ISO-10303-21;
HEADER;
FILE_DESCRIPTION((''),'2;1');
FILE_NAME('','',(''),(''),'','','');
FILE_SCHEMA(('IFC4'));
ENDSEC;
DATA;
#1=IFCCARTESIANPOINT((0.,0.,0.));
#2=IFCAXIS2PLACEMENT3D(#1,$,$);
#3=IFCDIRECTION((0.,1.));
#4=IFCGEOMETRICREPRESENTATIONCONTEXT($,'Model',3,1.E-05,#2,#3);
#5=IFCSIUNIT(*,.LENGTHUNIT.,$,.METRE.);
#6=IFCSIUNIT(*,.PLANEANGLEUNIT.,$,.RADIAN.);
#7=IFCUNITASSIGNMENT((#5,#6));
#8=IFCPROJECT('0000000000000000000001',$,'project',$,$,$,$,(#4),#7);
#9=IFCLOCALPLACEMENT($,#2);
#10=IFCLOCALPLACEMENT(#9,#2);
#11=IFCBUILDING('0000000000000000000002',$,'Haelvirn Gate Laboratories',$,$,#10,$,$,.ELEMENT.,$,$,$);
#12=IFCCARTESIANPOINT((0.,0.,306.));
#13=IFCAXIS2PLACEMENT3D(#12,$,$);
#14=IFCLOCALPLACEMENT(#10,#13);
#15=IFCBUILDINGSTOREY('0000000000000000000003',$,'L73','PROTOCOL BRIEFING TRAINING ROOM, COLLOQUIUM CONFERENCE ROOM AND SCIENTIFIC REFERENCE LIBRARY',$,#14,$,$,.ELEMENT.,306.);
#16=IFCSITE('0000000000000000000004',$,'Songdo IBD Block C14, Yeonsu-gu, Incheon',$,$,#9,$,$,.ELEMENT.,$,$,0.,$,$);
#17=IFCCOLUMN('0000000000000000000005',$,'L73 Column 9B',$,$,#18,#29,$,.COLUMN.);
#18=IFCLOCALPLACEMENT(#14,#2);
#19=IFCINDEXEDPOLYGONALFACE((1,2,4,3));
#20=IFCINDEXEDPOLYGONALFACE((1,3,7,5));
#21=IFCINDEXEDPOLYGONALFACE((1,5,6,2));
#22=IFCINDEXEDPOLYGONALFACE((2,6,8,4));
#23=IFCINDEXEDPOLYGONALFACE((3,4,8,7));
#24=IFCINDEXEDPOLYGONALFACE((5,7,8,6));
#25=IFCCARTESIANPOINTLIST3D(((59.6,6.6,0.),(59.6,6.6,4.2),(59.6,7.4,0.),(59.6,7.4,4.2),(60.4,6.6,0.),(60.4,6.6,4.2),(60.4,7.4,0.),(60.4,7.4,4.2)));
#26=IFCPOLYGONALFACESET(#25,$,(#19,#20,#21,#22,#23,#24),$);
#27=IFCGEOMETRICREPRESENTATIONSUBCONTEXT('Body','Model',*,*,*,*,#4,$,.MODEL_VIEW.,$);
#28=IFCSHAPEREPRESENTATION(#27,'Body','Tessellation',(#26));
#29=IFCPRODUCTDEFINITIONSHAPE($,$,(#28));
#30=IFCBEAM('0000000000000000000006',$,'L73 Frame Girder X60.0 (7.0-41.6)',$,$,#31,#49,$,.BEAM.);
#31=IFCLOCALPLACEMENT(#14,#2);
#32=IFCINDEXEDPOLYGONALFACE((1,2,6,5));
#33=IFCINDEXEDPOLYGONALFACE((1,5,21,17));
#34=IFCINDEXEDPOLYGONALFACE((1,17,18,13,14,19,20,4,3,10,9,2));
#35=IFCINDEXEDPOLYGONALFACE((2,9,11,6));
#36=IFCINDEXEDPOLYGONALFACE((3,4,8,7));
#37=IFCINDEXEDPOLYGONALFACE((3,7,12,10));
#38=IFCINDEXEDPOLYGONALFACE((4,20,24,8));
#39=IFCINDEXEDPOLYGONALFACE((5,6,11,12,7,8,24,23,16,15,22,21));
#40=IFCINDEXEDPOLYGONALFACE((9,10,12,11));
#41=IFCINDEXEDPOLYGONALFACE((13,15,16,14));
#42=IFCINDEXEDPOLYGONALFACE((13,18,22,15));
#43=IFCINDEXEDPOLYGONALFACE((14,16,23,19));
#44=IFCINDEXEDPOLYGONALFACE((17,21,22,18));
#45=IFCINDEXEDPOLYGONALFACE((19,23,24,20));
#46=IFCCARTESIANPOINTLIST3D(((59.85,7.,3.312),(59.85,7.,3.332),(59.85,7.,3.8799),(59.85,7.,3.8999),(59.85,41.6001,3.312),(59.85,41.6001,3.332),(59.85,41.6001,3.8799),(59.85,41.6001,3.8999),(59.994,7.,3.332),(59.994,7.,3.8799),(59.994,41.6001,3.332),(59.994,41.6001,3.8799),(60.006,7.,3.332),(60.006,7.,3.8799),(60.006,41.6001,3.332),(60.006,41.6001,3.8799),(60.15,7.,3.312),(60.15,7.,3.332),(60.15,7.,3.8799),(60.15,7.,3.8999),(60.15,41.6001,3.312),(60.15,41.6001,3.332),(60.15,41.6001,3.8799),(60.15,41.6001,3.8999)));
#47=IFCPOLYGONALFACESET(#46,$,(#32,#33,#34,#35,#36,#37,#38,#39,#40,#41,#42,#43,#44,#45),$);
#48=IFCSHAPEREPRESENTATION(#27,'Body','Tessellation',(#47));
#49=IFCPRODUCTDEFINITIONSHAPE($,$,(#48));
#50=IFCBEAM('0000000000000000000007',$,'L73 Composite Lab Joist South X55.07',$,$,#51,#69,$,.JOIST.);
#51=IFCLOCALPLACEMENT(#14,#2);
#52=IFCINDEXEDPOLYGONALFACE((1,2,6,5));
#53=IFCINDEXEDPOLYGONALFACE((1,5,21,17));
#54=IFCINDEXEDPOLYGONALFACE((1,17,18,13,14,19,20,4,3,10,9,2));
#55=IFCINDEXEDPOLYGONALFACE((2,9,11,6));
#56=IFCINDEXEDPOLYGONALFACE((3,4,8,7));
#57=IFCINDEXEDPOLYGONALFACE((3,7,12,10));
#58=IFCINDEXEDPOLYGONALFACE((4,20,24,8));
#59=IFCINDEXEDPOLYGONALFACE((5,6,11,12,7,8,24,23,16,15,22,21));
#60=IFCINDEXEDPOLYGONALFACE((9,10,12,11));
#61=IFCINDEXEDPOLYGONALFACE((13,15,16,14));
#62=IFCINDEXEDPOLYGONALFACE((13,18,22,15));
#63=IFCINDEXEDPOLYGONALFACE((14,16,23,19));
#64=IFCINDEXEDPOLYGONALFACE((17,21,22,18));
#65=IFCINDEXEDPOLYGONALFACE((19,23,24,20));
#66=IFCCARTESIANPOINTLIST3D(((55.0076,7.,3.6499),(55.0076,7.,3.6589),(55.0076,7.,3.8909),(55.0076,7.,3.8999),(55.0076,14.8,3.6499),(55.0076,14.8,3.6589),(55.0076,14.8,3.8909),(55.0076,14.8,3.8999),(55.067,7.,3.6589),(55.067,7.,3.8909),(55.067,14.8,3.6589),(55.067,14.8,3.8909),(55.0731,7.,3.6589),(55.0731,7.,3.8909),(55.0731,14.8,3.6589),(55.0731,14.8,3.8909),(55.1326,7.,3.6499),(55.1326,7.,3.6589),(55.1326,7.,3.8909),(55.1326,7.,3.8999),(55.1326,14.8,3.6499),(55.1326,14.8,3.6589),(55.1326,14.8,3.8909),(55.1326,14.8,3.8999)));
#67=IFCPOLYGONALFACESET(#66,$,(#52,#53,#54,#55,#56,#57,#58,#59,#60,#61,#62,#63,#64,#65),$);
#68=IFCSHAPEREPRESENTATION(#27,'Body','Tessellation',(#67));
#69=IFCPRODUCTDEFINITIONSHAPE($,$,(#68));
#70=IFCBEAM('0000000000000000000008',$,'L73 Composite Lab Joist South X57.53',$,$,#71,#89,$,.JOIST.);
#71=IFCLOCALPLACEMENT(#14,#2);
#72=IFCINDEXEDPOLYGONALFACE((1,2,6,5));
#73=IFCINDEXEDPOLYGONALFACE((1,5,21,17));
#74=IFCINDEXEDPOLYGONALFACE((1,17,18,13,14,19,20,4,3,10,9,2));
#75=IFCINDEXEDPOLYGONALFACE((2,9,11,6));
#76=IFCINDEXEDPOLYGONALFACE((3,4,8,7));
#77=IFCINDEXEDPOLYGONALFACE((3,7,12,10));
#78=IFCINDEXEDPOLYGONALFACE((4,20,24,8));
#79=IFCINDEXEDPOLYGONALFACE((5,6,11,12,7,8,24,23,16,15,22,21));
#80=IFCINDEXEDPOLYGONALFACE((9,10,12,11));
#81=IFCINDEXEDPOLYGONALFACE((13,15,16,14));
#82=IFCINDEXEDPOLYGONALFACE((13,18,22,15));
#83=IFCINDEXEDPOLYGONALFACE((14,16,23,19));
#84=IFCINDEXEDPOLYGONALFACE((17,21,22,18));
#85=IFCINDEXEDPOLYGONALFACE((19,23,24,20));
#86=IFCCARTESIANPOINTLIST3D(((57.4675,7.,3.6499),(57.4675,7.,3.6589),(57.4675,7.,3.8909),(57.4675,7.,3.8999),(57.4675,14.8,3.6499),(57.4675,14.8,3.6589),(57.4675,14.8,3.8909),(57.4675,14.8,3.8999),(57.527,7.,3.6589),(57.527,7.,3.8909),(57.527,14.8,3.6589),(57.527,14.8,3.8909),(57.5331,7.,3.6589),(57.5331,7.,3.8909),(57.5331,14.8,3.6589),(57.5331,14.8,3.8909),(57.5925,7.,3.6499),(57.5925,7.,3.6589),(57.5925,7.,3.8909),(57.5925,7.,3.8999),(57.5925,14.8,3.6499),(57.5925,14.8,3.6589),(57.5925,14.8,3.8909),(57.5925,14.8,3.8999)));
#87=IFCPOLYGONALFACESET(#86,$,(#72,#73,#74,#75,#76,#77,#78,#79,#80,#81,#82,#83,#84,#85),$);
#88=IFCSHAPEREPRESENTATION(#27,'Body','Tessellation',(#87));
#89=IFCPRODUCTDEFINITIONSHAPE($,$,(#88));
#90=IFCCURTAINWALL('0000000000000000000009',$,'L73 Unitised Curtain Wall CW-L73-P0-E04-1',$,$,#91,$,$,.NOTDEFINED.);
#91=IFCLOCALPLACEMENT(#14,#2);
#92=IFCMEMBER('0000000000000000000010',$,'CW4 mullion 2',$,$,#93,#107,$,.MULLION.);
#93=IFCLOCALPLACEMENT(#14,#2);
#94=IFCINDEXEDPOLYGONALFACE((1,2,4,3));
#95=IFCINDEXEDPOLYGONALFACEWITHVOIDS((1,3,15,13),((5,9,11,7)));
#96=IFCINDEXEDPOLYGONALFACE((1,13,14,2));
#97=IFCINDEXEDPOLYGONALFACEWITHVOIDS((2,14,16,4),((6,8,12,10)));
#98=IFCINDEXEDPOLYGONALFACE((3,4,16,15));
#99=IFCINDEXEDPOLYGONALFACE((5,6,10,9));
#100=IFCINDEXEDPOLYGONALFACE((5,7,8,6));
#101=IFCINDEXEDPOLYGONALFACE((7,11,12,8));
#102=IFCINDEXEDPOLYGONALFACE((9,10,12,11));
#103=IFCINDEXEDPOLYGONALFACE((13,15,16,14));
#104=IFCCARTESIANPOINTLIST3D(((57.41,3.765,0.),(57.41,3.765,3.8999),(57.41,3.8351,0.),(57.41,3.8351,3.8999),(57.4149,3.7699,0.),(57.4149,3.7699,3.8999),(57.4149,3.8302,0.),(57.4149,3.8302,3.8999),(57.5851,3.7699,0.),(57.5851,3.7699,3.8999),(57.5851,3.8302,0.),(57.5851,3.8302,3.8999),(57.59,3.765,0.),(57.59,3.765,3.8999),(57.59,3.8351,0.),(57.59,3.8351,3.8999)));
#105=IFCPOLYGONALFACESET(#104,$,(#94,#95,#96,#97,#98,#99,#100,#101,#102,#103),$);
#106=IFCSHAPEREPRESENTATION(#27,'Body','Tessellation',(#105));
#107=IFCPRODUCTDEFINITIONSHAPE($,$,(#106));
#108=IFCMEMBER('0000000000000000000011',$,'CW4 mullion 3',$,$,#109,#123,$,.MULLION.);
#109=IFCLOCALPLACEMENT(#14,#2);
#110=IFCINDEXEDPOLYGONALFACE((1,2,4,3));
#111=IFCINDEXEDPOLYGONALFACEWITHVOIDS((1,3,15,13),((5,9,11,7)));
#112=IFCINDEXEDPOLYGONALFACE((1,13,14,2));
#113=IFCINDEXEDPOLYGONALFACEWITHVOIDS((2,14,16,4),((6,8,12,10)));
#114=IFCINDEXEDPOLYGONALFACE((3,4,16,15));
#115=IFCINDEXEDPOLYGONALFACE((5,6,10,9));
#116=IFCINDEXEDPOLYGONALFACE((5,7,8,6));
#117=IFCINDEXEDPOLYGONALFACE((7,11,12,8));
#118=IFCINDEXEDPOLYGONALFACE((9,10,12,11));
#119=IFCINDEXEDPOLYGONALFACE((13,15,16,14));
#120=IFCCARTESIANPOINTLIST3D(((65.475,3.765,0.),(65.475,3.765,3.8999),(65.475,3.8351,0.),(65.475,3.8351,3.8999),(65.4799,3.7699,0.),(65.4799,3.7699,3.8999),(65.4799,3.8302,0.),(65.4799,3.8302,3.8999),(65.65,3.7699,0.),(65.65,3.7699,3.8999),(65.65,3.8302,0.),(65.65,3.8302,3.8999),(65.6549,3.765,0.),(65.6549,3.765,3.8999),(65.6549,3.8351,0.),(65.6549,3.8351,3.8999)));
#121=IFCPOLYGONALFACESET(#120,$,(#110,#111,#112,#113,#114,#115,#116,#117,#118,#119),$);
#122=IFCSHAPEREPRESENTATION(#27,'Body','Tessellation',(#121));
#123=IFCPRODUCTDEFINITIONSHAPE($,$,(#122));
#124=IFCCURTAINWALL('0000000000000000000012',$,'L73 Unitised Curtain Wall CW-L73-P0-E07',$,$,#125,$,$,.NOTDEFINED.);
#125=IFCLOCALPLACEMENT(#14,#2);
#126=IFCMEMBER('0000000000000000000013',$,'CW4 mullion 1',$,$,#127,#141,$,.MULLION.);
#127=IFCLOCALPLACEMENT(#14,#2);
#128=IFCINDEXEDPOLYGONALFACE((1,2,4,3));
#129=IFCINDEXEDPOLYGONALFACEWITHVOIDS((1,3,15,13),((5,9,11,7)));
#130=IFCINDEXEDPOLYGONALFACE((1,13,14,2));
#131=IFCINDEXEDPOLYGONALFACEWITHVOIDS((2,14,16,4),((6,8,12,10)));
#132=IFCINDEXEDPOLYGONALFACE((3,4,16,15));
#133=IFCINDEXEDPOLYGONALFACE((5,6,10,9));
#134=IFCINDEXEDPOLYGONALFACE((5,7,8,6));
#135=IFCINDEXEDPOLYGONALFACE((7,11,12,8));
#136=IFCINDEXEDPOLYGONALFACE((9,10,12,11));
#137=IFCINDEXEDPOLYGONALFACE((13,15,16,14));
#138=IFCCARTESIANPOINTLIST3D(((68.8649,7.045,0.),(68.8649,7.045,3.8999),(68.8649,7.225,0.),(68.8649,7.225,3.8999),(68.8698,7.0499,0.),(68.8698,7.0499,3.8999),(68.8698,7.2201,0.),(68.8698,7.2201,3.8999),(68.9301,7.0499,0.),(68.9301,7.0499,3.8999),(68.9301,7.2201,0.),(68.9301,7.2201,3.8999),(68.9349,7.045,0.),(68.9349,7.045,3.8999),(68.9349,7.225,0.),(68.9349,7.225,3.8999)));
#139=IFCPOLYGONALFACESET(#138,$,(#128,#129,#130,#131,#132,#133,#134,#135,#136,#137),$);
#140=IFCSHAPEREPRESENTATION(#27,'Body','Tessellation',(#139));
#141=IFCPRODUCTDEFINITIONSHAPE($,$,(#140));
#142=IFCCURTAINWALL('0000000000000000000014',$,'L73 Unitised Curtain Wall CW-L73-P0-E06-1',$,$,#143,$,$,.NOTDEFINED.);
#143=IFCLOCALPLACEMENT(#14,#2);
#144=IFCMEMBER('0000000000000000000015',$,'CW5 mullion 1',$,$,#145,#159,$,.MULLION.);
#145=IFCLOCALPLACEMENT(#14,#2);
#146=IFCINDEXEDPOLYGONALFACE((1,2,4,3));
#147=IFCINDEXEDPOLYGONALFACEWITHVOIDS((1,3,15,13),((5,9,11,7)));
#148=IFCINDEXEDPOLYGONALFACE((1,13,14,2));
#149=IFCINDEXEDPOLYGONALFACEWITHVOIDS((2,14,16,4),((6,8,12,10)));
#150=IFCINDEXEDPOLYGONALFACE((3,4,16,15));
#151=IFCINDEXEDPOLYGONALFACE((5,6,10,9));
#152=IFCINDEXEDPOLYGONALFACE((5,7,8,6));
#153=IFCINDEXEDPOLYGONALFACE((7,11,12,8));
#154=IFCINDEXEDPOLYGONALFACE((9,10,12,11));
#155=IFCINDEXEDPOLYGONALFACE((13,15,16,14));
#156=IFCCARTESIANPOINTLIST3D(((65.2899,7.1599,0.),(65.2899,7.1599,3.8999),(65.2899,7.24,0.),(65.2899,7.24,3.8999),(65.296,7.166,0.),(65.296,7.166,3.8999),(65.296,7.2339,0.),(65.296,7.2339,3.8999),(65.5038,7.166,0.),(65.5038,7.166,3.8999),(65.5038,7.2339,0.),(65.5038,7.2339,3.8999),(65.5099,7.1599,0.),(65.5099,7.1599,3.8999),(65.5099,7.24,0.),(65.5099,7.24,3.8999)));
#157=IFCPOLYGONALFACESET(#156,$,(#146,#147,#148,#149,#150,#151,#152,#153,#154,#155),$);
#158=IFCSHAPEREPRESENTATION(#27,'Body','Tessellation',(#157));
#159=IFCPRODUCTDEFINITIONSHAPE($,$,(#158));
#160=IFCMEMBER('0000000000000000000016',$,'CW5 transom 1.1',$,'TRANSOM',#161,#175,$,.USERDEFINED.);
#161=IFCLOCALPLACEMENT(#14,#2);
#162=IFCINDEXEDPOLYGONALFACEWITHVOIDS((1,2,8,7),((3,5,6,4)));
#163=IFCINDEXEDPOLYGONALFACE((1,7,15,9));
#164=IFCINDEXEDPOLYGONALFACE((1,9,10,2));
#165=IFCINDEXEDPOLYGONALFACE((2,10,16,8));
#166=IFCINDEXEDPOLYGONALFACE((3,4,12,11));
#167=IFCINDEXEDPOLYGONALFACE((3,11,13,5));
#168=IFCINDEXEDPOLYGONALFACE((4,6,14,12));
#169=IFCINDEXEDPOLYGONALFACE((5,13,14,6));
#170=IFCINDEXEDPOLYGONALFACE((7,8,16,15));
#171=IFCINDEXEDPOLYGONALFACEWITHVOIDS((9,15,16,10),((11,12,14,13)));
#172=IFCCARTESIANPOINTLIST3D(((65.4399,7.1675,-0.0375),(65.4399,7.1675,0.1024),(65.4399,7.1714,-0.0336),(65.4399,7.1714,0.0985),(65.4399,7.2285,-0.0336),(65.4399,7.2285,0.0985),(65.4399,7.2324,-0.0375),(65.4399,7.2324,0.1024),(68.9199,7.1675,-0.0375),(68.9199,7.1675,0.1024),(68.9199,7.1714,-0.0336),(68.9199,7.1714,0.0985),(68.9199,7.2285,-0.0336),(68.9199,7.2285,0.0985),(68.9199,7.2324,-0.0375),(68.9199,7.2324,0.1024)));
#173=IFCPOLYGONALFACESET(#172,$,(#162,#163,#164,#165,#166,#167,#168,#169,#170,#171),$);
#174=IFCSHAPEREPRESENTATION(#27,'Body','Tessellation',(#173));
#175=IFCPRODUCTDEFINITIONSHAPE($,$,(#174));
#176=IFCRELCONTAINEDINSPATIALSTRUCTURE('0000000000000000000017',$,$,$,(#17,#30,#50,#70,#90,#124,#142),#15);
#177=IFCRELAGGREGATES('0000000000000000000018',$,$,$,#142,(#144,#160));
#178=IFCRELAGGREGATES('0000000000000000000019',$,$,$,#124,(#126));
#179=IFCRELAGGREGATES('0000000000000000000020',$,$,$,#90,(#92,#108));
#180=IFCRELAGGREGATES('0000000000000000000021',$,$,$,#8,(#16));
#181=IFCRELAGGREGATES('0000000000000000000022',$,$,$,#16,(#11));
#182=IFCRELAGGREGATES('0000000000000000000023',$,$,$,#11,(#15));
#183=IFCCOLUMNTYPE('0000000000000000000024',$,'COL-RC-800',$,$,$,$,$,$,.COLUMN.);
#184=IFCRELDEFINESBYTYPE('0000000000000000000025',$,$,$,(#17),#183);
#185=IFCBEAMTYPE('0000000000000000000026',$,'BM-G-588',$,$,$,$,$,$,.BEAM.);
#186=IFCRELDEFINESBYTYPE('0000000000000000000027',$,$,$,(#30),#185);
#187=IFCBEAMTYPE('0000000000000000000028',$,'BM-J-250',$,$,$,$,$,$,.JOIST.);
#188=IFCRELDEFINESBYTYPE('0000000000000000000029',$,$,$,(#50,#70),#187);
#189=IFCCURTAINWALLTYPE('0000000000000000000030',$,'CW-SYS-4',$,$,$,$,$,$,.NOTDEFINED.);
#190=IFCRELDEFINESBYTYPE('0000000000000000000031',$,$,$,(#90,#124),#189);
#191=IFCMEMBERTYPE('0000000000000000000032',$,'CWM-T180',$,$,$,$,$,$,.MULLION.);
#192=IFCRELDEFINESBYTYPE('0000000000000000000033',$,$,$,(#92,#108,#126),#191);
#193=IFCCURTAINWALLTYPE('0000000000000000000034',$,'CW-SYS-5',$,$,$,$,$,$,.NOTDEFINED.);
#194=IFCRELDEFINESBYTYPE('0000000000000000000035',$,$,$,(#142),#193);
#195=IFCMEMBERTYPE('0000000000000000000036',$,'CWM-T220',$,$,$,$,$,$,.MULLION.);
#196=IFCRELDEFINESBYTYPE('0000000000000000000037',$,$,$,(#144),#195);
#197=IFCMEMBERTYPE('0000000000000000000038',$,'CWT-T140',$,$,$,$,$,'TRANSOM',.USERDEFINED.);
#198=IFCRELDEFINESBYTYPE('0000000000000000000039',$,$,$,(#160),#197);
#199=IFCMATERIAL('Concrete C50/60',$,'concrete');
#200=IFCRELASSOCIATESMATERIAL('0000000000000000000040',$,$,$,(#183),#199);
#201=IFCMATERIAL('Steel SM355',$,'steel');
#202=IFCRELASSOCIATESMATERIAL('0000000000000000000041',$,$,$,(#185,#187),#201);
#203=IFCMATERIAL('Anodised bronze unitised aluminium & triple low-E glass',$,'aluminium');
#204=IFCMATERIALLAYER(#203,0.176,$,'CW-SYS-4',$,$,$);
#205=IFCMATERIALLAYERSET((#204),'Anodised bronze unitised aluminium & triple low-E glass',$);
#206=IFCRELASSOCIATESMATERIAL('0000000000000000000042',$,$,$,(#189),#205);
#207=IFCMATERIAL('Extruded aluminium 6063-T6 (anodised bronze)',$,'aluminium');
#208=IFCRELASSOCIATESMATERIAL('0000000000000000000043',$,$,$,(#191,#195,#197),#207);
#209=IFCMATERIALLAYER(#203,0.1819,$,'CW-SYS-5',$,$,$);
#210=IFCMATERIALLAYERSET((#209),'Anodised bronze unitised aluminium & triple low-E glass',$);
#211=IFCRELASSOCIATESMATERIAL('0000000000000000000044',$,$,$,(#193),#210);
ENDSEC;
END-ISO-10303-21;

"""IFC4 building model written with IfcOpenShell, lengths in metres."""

from ifc_helpers import new_model, si_unit, direction, frame, origin, origin_2d, place, context, subcontext, project, spatial, rectangle, hollow_rectangle, i_section, extrude, source, transform, mapped, material, layer, layer_set, material_profile, profile_set, type_object, type_shapes, element, aggregate, save


model = new_model("IFC4")

# Units and contexts
model_context = context("Model", 3, precision=1e-05, world=origin(), true_north=direction((0.0, 1.0)))
body_context = subcontext(model_context, "Body", "Model", "MODEL_VIEW")
ifc_project = project(units=[si_unit("LENGTHUNIT", "METRE"), si_unit("PLANEANGLEUNIT", "RADIAN")], contexts=[model_context])

# Site, building, storey
site_placement = place(None, origin())
site = spatial("IfcSite", under=ifc_project, at=site_placement, Name="Songdo IBD Block C14, Yeonsu-gu, Incheon", CompositionType="ELEMENT", RefElevation=0.0)
building_placement = place(site_placement, origin())
building = spatial("IfcBuilding", under=site, at=building_placement, Name="Haelvirn Gate Laboratories", CompositionType="ELEMENT")
storey_placement = place(building_placement, frame((0.0, 0.0, 306.0)))
storey = spatial("IfcBuildingStorey", under=building, at=storey_placement, Name="L73", Description="PROTOCOL BRIEFING TRAINING ROOM, COLLOQUIUM CONFERENCE ROOM AND SCIENTIFIC REFERENCE LIBRARY", CompositionType="ELEMENT", Elevation=306.0)

# Column
ifc_material_1 = material(Name="Concrete C50/60", Category="concrete")
ifc_material_profile_1 = material_profile(ifc_material_1, rectangle(XDim=0.8, YDim=0.8, at=origin_2d()), Name="RC-800x800")
ifc_profile_set_1 = profile_set([ifc_material_profile_1], Name="Concrete C50/60")
column_type = type_object("IfcColumnType", Name="COL-RC-800", PredefinedType="COLUMN", material=ifc_profile_set_1)
shared_shape_1 = source(origin(), body_context, "Body", "SweptSolid", [
    extrude(rectangle(XDim=0.8, YDim=0.8, at=origin_2d()), origin(), (0.0, 0.0, 1.0), 4.2),
])
type_shapes(column_type, [shared_shape_1])
column_placement = place(storey_placement, frame((60.0, 7.0, 0.0), z_axis=(0.0, 0.0, 1.0), x_axis=(1.0, 0.0, 0.0)))
element("IfcColumn", 1, at=column_placement, inside=storey, type_object=column_type, Name="L73 Column 9B", PredefinedType="COLUMN", context=body_context, shape_type="MappedRepresentation", body=[
    mapped(shared_shape_1, transform((0.0, 0.0, 0.0), scale=1.0)),
])

# Beams
ifc_material_2 = material(Name="Steel SM355", Category="steel")
ifc_material_profile_2 = material_profile(ifc_material_2, i_section(OverallWidth=0.3, OverallDepth=0.5879, WebThickness=0.012, FlangeThickness=0.02, at=origin_2d()), Name="H-588x300x12x20")
ifc_profile_set_2 = profile_set([ifc_material_profile_2], Name="Steel SM355")
beam_type_1 = type_object("IfcBeamType", Name="BM-G-588", PredefinedType="BEAM", material=ifc_profile_set_2)
shared_shape_2 = source(origin(), body_context, "Body", "SweptSolid", [
    extrude(i_section(OverallWidth=0.3, OverallDepth=0.5879, WebThickness=0.012, FlangeThickness=0.02, at=origin_2d()), origin(), (0.0, 0.0, 1.0), 34.6001),
])
type_shapes(beam_type_1, [shared_shape_2])
beam_placement = place(storey_placement, frame((60.0, 7.0, 3.606), z_axis=(0.0, 1.0, 0.0), x_axis=(-1.0, 0.0, 0.0)))
element("IfcBeam", 2, at=beam_placement, inside=storey, type_object=beam_type_1, Name="L73 Frame Girder X60.0 (7.0-41.6)", PredefinedType="BEAM", context=body_context, shape_type="MappedRepresentation", body=[
    mapped(shared_shape_2, transform((0.0, 0.0, 0.0), scale=1.0)),
])
ifc_material_profile_3 = material_profile(ifc_material_2, i_section(OverallWidth=0.125, OverallDepth=0.25, WebThickness=0.0061, FlangeThickness=0.009, at=origin_2d()), Name="H-250x125x6x9")
ifc_profile_set_3 = profile_set([ifc_material_profile_3], Name="Steel SM355")
beam_type_2 = type_object("IfcBeamType", Name="BM-J-250", PredefinedType="JOIST", material=ifc_profile_set_3)
shared_shape_3 = source(origin(), body_context, "Body", "SweptSolid", [
    extrude(i_section(OverallWidth=0.125, OverallDepth=0.25, WebThickness=0.0061, FlangeThickness=0.009, at=origin_2d()), origin(), (0.0, 0.0, 1.0), 7.8),
])
type_shapes(beam_type_2, [shared_shape_3])
for number, where, z_axis, x_axis, name in (
    (3, (55.0701, 7.0, 3.7749), (0.0, 1.0, 0.0), (-1.0, 0.0, 0.0), "L73 Composite Lab Joist South X55.07"),
    (4, (57.53, 7.0, 3.7749), (0.0, 1.0, 0.0), (-1.0, 0.0, 0.0), "L73 Composite Lab Joist South X57.53"),
):
    element("IfcBeam", number, at=place(storey_placement, frame(where, z_axis=z_axis, x_axis=x_axis)), inside=storey, type_object=beam_type_2, Name=name, PredefinedType="JOIST", context=body_context, shape_type="MappedRepresentation", body=[
        mapped(shared_shape_3, transform((0.0, 0.0, 0.0), scale=1.0)),
    ])

# Curtain wall, members
ifc_material_3 = material(Name="Anodised bronze unitised aluminium & triple low-E glass", Category="aluminium")
ifc_layer_1 = layer(ifc_material_3, 0.176, Name="CW-SYS-4")
ifc_layer_set_1 = layer_set([ifc_layer_1], Name="Anodised bronze unitised aluminium & triple low-E glass")
curtain_wall_type_1 = type_object("IfcCurtainWallType", Name="CW-SYS-4", PredefinedType="NOTDEFINED", material=ifc_layer_set_1)
curtain_wall_1_placement = place(storey_placement, origin())
curtain_wall_1 = element("IfcCurtainWall", 5, at=curtain_wall_1_placement, inside=storey, type_object=curtain_wall_type_1, Name="L73 Unitised Curtain Wall CW-L73-P0-E04-1", PredefinedType="NOTDEFINED")
ifc_material_4 = material(Name="Extruded aluminium 6063-T6 (anodised bronze)", Category="aluminium")
ifc_material_profile_4 = material_profile(ifc_material_4, hollow_rectangle(XDim=0.0701, YDim=0.1799, WallThickness=0.0049, at=origin_2d()), Name="CWM-180x70x5")
ifc_profile_set_4 = profile_set([ifc_material_profile_4], Name="Extruded aluminium 6063-T6 (anodised bronze)")
member_type_1 = type_object("IfcMemberType", Name="CWM-T180", PredefinedType="MULLION", material=ifc_profile_set_4)
shared_shape_4 = source(origin(), body_context, "Body", "SweptSolid", [
    extrude(hollow_rectangle(XDim=0.0701, YDim=0.1799, WallThickness=0.0049, at=origin_2d()), origin(), (0.0, 0.0, 1.0), 3.8999),
])
type_shapes(member_type_1, [shared_shape_4])
member_1_placement = place(storey_placement, frame((57.5, 3.8, 0.0), z_axis=(0.0, 0.0, 1.0), x_axis=(0.0, 1.0, 0.0)))
member_1 = element("IfcMember", 6, at=member_1_placement, type_object=member_type_1, Name="CW4 mullion 2", PredefinedType="MULLION", context=body_context, shape_type="MappedRepresentation", body=[
    mapped(shared_shape_4, transform((0.0, 0.0, 0.0), scale=1.0)),
])
member_2_placement = place(storey_placement, frame((65.5649, 3.8, 0.0), z_axis=(0.0, 0.0, 1.0), x_axis=(0.0, 1.0, 0.0)))
member_2 = element("IfcMember", 7, at=member_2_placement, type_object=member_type_1, Name="CW4 mullion 3", PredefinedType="MULLION", context=body_context, shape_type="MappedRepresentation", body=[
    mapped(shared_shape_4, transform((0.0, 0.0, 0.0), scale=1.0)),
])

# Curtain wall, member
curtain_wall_2_placement = place(storey_placement, origin())
curtain_wall_2 = element("IfcCurtainWall", 8, at=curtain_wall_2_placement, inside=storey, type_object=curtain_wall_type_1, Name="L73 Unitised Curtain Wall CW-L73-P0-E07", PredefinedType="NOTDEFINED")
member_3_placement = place(storey_placement, frame((68.8999, 7.135, 0.0), z_axis=(0.0, 0.0, 1.0), x_axis=(-1.0, 0.0, 0.0)))
member_3 = element("IfcMember", 9, at=member_3_placement, type_object=member_type_1, Name="CW4 mullion 1", PredefinedType="MULLION", context=body_context, shape_type="MappedRepresentation", body=[
    mapped(shared_shape_4, transform((0.0, 0.0, 0.0), scale=1.0)),
])

# Curtain wall, members
ifc_layer_2 = layer(ifc_material_3, 0.1819, Name="CW-SYS-5")
ifc_layer_set_2 = layer_set([ifc_layer_2], Name="Anodised bronze unitised aluminium & triple low-E glass")
curtain_wall_type_2 = type_object("IfcCurtainWallType", Name="CW-SYS-5", PredefinedType="NOTDEFINED", material=ifc_layer_set_2)
curtain_wall_3_placement = place(storey_placement, origin())
curtain_wall_3 = element("IfcCurtainWall", 10, at=curtain_wall_3_placement, inside=storey, type_object=curtain_wall_type_2, Name="L73 Unitised Curtain Wall CW-L73-P0-E06-1", PredefinedType="NOTDEFINED")
ifc_material_profile_5 = material_profile(ifc_material_4, hollow_rectangle(XDim=0.0801, YDim=0.22, WallThickness=0.0061, at=origin_2d()), Name="CWM-220x80x6")
ifc_profile_set_5 = profile_set([ifc_material_profile_5], Name="Extruded aluminium 6063-T6 (anodised bronze)")
member_type_2 = type_object("IfcMemberType", Name="CWM-T220", PredefinedType="MULLION", material=ifc_profile_set_5)
shared_shape_5 = source(origin(), body_context, "Body", "SweptSolid", [
    extrude(hollow_rectangle(XDim=0.0801, YDim=0.22, WallThickness=0.0061, at=origin_2d()), origin(), (0.0, 0.0, 1.0), 3.8999),
])
type_shapes(member_type_2, [shared_shape_5])
member_4_placement = place(storey_placement, frame((65.3999, 7.2, 0.0), z_axis=(0.0, 0.0, 1.0), x_axis=(0.0, 1.0, 0.0)))
member_4 = element("IfcMember", 11, at=member_4_placement, type_object=member_type_2, Name="CW5 mullion 1", PredefinedType="MULLION", context=body_context, shape_type="MappedRepresentation", body=[
    mapped(shared_shape_5, transform((0.0, 0.0, 0.0), scale=1.0)),
])
ifc_material_profile_6 = material_profile(ifc_material_4, hollow_rectangle(XDim=0.0649, YDim=0.1399, WallThickness=0.0039, at=origin_2d()), Name="CWT-140x65x4")
ifc_profile_set_6 = profile_set([ifc_material_profile_6], Name="Extruded aluminium 6063-T6 (anodised bronze)")
member_type_3 = type_object("IfcMemberType", Name="CWT-T140", ElementType="TRANSOM", PredefinedType="USERDEFINED", material=ifc_profile_set_6)
shared_shape_6 = source(origin(), body_context, "Body", "SweptSolid", [
    extrude(hollow_rectangle(XDim=0.0649, YDim=0.1399, WallThickness=0.0039, at=origin_2d()), origin(), (0.0, 0.0, 1.0), 3.48),
])
member_5_placement = place(storey_placement, frame((65.4399, 7.2, 0.0325), z_axis=(1.0, 0.0, 0.0), x_axis=(0.0, 1.0, 0.0)))
member_5 = element("IfcMember", 12, at=member_5_placement, type_object=member_type_3, Name="CW5 transom 1.1", ObjectType="TRANSOM", PredefinedType="USERDEFINED", context=body_context, shape_type="MappedRepresentation", body=[
    mapped(shared_shape_6, transform((0.0, 0.0, 0.0), scale=1.0)),
])
aggregate(curtain_wall_3, [member_4, member_5])

aggregate(curtain_wall_2, [member_3])

aggregate(curtain_wall_1, [member_1, member_2])

save(model, "model.ifc")
